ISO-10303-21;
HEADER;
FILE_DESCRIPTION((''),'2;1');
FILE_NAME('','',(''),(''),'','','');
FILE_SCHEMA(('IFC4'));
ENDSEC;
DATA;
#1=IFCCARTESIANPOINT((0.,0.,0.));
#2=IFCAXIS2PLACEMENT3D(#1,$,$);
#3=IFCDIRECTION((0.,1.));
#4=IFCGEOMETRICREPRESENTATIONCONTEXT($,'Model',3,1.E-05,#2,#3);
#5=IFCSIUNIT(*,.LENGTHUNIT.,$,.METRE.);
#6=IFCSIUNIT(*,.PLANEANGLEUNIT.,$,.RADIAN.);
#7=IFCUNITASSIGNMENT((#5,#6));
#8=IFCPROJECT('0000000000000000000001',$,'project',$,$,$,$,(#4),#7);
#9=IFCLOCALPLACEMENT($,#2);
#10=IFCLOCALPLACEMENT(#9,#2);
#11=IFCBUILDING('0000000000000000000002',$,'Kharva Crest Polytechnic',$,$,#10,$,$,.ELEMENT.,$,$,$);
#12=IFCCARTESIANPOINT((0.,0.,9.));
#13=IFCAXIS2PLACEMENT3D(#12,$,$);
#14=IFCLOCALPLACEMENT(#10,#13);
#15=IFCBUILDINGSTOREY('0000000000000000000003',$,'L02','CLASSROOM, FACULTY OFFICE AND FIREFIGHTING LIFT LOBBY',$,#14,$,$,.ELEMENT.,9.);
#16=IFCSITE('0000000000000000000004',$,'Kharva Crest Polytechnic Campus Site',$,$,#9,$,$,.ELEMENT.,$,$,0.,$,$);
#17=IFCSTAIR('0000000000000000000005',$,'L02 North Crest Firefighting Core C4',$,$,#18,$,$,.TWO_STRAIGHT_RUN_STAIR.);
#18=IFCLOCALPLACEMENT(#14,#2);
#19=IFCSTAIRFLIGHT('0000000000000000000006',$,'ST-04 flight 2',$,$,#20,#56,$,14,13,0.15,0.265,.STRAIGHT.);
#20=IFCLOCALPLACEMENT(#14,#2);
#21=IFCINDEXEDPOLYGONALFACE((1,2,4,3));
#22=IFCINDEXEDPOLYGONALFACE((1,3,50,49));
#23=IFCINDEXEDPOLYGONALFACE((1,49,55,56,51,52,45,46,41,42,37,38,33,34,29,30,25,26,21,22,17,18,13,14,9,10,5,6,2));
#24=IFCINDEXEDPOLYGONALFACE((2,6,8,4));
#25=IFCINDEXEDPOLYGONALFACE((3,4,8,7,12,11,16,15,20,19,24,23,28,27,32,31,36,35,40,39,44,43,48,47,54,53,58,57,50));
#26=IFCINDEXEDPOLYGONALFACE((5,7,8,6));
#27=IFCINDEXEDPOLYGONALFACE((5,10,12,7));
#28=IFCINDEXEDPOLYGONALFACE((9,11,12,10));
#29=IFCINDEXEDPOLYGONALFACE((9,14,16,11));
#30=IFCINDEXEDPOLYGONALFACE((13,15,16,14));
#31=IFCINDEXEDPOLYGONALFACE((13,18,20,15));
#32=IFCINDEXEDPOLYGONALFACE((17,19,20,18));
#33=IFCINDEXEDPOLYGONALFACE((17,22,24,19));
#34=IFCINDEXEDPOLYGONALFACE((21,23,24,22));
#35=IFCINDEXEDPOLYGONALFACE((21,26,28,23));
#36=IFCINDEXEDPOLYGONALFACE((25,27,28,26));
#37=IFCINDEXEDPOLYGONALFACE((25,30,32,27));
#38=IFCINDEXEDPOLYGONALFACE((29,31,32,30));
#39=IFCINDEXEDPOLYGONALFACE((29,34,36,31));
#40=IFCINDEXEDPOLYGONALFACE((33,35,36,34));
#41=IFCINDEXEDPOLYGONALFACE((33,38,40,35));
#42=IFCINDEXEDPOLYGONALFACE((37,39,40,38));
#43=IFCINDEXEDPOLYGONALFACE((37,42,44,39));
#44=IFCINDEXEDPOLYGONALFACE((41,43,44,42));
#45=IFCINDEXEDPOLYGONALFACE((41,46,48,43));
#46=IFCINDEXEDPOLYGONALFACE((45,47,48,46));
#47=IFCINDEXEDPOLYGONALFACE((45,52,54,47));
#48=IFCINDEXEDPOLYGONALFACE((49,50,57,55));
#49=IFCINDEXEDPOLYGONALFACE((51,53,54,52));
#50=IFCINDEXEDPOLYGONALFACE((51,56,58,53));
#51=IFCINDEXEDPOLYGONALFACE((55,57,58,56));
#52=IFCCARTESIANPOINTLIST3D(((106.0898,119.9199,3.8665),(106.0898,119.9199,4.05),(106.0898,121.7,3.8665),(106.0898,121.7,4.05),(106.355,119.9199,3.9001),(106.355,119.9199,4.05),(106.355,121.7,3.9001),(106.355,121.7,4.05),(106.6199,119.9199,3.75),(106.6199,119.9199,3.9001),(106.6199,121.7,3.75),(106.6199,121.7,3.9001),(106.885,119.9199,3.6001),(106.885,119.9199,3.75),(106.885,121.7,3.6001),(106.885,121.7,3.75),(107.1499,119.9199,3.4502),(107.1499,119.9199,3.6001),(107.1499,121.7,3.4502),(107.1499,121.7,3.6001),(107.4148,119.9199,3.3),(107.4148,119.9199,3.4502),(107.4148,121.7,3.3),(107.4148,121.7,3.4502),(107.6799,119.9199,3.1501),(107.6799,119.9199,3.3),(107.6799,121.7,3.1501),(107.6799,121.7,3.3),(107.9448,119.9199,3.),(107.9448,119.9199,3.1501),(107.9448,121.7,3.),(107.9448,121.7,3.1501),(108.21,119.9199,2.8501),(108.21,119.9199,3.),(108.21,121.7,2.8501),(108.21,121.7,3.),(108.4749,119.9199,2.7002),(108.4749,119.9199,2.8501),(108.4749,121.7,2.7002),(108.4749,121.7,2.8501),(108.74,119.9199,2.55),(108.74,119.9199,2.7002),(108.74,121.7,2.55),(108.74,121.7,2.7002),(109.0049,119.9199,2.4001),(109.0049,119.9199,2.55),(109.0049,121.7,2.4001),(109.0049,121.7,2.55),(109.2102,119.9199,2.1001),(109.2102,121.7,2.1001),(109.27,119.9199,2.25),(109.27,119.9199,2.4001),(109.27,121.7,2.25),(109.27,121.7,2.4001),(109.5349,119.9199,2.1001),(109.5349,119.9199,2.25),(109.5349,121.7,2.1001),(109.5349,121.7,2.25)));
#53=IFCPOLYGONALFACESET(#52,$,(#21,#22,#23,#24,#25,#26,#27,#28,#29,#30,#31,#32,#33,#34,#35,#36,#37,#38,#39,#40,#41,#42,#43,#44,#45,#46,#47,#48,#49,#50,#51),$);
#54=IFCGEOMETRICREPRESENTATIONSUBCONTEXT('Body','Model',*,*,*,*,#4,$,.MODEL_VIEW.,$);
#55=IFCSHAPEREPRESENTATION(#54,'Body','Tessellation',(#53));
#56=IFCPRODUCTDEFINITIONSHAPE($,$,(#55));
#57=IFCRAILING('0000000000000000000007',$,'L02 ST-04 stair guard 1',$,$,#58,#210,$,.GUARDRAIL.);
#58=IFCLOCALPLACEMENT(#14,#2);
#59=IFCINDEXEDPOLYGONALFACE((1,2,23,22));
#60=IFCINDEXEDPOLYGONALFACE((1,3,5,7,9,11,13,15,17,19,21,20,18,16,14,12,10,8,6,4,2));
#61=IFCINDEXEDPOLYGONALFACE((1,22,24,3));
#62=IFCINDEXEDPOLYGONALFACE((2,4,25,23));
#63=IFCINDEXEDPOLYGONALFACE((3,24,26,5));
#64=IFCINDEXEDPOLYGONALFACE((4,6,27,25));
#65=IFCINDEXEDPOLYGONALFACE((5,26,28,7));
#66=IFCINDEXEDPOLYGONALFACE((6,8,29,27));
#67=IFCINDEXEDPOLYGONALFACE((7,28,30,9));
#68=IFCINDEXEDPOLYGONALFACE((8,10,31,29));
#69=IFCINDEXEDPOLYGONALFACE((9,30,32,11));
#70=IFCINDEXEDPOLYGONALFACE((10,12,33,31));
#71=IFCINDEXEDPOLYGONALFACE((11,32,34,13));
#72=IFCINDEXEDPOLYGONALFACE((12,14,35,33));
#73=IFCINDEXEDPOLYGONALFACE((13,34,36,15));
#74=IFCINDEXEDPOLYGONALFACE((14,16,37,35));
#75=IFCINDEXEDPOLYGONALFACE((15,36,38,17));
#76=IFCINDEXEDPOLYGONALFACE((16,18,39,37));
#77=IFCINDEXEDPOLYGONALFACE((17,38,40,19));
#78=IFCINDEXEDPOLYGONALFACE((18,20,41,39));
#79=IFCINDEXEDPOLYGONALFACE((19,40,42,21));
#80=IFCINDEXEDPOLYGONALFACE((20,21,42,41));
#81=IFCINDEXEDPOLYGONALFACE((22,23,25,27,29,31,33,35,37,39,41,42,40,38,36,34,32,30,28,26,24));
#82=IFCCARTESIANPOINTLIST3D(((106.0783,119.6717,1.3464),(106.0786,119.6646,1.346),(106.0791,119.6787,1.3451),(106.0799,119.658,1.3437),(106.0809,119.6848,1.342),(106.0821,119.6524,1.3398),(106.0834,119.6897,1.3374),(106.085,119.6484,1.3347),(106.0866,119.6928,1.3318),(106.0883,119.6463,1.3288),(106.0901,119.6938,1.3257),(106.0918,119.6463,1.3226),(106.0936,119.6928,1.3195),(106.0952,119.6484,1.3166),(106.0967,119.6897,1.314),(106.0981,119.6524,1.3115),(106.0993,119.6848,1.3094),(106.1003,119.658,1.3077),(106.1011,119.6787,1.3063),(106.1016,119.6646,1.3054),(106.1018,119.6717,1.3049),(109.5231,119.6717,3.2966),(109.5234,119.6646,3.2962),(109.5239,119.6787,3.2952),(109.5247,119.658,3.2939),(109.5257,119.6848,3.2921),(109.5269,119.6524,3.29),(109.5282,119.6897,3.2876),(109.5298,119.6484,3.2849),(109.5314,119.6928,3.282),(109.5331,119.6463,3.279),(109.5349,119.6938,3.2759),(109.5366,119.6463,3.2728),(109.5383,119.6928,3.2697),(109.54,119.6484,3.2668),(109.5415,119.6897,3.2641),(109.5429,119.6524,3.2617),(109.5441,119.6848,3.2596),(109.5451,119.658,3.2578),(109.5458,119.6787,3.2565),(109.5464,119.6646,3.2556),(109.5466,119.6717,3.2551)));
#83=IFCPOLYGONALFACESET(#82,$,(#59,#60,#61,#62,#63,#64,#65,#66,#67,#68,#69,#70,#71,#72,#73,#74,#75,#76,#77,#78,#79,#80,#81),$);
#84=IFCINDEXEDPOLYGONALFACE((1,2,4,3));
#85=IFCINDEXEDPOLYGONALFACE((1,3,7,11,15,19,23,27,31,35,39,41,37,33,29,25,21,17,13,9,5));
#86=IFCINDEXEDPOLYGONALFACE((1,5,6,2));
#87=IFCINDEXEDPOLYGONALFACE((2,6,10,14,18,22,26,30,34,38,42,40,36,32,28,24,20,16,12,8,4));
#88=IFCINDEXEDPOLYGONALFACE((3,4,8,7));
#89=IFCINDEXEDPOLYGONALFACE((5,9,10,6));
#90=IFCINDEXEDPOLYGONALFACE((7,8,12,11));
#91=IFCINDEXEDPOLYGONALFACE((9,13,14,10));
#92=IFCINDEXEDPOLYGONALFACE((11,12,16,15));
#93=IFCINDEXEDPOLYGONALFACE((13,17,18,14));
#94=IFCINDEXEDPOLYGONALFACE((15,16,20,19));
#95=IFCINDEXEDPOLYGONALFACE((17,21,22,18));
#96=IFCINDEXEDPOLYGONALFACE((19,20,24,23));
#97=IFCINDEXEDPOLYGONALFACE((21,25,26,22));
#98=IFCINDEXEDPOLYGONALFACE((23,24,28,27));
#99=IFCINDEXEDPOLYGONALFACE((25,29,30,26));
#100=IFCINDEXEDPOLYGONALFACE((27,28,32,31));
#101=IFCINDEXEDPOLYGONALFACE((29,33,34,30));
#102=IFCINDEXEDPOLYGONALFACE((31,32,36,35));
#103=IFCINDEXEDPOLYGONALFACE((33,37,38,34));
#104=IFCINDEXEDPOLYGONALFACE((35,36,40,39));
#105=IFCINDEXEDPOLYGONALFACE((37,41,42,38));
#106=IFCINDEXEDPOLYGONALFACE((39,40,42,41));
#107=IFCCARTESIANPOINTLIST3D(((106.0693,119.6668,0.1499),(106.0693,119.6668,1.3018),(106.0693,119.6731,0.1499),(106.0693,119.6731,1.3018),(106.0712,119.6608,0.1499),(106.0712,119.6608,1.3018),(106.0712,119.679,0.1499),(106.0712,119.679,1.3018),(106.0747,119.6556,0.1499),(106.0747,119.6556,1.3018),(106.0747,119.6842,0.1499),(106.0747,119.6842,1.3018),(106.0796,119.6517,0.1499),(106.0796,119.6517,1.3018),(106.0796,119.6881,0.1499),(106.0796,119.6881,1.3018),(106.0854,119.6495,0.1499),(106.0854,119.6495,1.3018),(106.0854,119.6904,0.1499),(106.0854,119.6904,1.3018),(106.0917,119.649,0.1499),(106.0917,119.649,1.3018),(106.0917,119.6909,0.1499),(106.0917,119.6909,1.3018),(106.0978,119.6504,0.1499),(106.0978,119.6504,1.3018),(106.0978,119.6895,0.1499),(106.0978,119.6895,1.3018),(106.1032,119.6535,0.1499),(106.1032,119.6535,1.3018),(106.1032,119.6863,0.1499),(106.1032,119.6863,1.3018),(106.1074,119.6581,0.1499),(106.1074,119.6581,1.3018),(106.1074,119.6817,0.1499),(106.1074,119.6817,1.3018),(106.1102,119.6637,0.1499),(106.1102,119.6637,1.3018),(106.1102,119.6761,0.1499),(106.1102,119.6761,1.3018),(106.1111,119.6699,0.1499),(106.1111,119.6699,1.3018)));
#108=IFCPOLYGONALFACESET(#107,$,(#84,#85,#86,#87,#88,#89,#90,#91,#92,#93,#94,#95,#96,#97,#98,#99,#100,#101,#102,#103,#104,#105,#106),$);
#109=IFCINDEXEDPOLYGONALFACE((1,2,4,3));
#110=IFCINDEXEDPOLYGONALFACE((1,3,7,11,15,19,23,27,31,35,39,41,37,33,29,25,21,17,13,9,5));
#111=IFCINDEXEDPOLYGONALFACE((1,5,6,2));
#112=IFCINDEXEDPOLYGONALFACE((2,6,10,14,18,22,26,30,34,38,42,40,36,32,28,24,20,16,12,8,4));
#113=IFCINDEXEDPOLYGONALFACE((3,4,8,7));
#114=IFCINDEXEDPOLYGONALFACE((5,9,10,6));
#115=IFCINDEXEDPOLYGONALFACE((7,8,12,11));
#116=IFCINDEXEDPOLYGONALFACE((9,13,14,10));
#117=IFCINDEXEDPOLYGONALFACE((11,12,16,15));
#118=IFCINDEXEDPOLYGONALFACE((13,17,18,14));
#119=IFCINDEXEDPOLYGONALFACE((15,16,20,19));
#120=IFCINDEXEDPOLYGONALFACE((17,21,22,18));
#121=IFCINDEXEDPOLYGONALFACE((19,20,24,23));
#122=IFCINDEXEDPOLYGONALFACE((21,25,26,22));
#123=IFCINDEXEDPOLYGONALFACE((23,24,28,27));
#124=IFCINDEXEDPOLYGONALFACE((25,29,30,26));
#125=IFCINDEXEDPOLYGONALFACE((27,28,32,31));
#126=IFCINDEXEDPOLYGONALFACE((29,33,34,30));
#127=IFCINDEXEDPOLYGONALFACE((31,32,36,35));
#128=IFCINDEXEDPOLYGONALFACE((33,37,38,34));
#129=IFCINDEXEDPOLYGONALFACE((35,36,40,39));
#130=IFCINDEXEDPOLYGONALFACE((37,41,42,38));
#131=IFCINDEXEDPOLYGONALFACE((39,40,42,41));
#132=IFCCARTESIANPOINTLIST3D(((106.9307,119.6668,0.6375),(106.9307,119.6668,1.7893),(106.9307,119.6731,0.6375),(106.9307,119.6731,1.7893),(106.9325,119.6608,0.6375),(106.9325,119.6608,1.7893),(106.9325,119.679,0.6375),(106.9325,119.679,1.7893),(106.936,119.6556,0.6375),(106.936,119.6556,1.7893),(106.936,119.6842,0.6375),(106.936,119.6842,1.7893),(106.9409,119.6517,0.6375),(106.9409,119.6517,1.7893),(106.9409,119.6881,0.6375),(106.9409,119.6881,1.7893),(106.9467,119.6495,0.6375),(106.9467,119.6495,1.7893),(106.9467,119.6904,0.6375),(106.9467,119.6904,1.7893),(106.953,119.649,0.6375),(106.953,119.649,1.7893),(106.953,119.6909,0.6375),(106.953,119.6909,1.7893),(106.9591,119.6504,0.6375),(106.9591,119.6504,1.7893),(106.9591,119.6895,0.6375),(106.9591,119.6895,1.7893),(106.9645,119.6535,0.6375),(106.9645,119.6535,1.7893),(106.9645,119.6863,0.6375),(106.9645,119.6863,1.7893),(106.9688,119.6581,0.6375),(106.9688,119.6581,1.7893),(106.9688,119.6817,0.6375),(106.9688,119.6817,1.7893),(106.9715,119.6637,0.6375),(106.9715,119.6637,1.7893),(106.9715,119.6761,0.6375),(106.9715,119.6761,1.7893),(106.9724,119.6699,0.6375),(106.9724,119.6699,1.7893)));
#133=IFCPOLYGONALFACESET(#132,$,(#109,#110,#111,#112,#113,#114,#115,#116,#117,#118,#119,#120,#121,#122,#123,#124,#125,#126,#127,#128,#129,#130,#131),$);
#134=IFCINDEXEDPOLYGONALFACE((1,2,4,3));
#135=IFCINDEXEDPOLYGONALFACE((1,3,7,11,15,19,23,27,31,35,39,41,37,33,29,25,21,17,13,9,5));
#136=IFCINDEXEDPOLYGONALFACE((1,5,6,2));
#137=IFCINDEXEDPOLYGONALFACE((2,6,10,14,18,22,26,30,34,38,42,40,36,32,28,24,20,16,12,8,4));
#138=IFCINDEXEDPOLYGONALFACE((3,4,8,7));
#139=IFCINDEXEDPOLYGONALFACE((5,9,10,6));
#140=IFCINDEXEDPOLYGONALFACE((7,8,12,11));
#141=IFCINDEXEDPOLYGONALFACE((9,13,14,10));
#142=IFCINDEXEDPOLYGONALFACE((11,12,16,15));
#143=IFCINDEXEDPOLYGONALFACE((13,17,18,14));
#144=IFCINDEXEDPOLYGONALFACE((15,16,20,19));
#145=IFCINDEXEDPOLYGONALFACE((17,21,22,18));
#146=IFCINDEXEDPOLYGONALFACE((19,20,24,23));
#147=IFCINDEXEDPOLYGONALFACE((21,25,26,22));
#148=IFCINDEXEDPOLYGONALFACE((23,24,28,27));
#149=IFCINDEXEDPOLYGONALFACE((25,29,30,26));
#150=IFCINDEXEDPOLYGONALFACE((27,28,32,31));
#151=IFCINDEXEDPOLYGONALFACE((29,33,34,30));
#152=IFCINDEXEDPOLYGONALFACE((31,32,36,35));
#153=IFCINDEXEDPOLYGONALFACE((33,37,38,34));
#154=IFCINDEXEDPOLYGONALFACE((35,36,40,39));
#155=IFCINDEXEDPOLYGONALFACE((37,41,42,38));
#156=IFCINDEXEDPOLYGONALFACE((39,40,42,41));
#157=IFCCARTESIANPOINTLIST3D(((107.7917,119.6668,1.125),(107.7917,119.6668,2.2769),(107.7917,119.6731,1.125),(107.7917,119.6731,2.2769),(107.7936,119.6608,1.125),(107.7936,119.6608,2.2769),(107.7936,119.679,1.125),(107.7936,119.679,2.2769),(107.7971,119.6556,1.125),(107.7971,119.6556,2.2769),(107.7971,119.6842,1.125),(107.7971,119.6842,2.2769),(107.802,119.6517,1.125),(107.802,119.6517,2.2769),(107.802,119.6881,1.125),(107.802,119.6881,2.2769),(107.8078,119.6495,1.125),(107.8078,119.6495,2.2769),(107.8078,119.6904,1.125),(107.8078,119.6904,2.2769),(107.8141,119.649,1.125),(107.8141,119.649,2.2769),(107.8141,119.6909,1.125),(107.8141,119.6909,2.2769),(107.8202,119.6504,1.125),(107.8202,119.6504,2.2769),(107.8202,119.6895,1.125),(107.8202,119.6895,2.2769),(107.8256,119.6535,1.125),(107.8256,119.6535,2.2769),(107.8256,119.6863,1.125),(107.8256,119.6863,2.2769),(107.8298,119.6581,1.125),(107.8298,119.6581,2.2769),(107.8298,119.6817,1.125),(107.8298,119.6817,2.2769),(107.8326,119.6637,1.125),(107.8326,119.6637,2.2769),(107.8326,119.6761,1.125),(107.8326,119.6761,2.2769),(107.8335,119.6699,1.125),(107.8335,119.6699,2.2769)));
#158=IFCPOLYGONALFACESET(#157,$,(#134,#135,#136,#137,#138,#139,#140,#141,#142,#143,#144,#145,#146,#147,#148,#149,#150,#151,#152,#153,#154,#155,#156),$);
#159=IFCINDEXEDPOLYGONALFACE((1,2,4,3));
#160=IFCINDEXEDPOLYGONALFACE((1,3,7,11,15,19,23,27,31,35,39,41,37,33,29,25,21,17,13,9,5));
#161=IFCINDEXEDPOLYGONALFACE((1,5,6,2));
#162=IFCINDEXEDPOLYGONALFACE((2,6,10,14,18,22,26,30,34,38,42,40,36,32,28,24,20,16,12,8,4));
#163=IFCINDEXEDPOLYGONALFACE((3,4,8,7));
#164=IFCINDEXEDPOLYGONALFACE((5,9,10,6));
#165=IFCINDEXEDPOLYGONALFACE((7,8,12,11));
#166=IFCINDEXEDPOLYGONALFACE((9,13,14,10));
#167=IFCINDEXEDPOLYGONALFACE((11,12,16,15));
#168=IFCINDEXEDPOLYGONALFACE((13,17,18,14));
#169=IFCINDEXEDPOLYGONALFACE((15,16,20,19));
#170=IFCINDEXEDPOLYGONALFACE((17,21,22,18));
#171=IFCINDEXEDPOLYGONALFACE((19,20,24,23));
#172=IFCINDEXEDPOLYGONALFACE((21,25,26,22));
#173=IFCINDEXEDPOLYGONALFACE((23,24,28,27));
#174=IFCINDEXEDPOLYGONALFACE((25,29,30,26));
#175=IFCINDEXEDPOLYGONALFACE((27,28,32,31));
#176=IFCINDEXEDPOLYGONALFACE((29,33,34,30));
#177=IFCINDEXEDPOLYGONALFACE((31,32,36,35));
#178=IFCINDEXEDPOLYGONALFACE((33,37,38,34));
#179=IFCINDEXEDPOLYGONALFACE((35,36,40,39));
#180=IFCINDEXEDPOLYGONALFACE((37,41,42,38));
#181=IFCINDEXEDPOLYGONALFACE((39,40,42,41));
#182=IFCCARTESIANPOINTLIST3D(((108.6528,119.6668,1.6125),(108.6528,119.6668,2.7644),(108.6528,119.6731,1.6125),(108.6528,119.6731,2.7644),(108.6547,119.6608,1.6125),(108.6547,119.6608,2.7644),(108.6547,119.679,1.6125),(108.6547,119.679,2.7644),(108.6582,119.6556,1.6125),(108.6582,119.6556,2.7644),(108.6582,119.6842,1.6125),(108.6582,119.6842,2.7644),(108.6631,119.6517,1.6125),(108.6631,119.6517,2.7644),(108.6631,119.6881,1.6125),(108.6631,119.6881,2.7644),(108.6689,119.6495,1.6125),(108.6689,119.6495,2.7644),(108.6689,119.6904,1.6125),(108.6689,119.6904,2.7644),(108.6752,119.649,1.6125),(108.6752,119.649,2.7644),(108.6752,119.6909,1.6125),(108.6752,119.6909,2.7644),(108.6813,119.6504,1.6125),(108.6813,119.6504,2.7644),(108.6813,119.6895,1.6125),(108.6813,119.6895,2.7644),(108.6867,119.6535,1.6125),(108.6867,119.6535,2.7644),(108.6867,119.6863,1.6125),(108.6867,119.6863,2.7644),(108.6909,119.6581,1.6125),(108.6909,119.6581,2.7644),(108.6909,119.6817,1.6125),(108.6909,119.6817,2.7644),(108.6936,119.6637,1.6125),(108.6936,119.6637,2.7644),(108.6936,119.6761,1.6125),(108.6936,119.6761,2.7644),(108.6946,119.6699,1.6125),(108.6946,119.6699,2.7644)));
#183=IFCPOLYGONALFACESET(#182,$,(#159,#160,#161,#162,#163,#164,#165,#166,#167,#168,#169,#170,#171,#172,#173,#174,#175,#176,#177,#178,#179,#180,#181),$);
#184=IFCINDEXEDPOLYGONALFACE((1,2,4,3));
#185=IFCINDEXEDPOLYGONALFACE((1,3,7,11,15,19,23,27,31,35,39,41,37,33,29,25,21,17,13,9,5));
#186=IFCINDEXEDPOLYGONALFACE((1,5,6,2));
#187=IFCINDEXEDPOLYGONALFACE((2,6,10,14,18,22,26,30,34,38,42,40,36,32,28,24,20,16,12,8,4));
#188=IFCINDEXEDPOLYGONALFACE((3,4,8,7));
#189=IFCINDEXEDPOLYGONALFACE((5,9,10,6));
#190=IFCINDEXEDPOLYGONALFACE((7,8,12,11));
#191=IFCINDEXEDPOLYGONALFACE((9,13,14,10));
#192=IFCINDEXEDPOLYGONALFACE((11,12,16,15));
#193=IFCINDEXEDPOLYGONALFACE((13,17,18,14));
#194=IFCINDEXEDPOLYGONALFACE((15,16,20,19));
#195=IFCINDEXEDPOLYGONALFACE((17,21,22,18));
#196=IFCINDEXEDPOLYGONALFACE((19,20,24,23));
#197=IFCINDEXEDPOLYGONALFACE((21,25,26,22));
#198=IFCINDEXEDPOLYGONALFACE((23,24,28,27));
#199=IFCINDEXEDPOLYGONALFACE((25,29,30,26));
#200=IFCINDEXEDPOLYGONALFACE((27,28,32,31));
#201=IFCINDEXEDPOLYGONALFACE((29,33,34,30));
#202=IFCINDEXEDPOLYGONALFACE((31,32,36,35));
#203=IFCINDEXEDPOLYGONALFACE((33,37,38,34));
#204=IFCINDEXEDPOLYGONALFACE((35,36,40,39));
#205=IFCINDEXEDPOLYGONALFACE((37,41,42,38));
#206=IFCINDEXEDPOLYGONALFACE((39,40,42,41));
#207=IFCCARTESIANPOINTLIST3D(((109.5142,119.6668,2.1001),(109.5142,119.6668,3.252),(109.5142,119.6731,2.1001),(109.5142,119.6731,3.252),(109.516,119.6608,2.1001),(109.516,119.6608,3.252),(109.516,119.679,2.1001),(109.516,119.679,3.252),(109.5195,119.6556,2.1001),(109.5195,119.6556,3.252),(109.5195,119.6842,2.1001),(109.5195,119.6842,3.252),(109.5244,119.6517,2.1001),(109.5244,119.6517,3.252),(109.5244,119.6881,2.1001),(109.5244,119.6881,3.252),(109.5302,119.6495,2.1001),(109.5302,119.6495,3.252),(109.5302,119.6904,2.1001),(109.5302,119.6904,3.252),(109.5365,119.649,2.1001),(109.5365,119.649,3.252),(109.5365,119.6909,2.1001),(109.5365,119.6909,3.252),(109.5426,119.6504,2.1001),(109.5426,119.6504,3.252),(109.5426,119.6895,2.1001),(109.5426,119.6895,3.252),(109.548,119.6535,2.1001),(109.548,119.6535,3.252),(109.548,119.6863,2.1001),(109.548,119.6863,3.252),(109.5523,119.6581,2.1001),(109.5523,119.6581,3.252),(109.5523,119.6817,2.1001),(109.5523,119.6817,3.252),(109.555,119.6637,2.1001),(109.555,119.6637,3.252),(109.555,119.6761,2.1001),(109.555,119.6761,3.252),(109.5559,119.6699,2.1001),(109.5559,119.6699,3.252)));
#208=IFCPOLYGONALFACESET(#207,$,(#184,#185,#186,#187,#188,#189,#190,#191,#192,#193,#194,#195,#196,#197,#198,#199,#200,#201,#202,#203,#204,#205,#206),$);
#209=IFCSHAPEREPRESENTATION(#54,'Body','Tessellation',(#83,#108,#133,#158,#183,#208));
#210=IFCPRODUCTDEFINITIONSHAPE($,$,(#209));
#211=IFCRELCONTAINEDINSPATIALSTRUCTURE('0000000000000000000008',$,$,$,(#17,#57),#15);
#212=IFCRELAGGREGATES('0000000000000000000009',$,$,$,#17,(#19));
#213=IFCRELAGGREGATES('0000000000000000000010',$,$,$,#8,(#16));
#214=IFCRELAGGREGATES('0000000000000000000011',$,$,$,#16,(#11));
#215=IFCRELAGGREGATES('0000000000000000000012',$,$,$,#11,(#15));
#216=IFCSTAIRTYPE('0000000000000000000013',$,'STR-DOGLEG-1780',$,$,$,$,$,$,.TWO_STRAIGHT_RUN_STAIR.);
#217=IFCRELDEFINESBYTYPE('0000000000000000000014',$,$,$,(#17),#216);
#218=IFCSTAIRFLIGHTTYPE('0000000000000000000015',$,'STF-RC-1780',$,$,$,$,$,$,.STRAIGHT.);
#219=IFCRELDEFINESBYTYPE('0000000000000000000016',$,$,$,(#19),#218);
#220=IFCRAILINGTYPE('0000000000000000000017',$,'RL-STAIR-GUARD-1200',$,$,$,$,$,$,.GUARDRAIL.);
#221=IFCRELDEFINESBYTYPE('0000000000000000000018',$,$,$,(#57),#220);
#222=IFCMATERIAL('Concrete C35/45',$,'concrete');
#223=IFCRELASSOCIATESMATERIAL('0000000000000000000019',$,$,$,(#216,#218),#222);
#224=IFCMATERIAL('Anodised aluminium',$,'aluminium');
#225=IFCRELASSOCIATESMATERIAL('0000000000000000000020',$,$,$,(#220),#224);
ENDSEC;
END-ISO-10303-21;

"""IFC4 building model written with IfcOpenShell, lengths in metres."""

from ifc_helpers import new_model, si_unit, direction, frame, origin, origin_2d, place, context, subcontext, project, spatial, polyline, circle, outline, extrude, material, type_object, element, aggregate, save


model = new_model("IFC4")

# Units and contexts
model_context = context("Model", 3, precision=1e-05, world=origin(), true_north=direction((0.0, 1.0)))
body_context = subcontext(model_context, "Body", "Model", "MODEL_VIEW")
ifc_project = project(units=[si_unit("LENGTHUNIT", "METRE"), si_unit("PLANEANGLEUNIT", "RADIAN")], contexts=[model_context])

# Site, building, storey
site_placement = place(None, origin())
site = spatial("IfcSite", under=ifc_project, at=site_placement, Name="Kharva Crest Polytechnic Campus Site", CompositionType="ELEMENT", RefElevation=0.0)
building_placement = place(site_placement, origin())
building = spatial("IfcBuilding", under=site, at=building_placement, Name="Kharva Crest Polytechnic", CompositionType="ELEMENT")
storey_placement = place(building_placement, frame((0.0, 0.0, 9.0)))
storey = spatial("IfcBuildingStorey", under=building, at=storey_placement, Name="L02", Description="CLASSROOM, FACULTY OFFICE AND FIREFIGHTING LIFT LOBBY", CompositionType="ELEMENT", Elevation=9.0)

# Shared definitions
ifc_material_1 = material(Name="Concrete C35/45", Category="concrete")

# Stair, stair flight
stair_type = type_object("IfcStairType", Name="STR-DOGLEG-1780", PredefinedType="TWO_STRAIGHT_RUN_STAIR", material=ifc_material_1)
stair_placement = place(storey_placement, origin())
stair = element("IfcStair", 1, at=stair_placement, inside=storey, type_object=stair_type, Name="L02 North Crest Firefighting Core C4", PredefinedType="TWO_STRAIGHT_RUN_STAIR")
stair_flight_type = type_object("IfcStairFlightType", Name="STF-RC-1780", PredefinedType="STRAIGHT", material=ifc_material_1)
stair_flight_1_placement = place(storey_placement, frame((109.5349, 120.8101, 2.1001), z_axis=(0.0, 0.0, 1.0), x_axis=(-1.0, 0.0, 0.0)))
stair_flight_1 = element("IfcStairFlight", 2, at=stair_flight_1_placement, type_object=stair_flight_type, Name="ST-04 flight 2", NumberOfRisers=14, NumberOfTreads=13, PredefinedType="STRAIGHT", RiserHeight=0.15, TreadLength=0.265, context=body_context, shape_type="SweptSolid", body=[
    extrude(outline(polyline([(0.0, 0.0), (0.0, 0.1499), (0.2649, 0.1499), (0.2649, 0.3), (0.53, 0.3), (0.53, 0.45), (0.7949, 0.45), (0.7949, 0.6001), (1.0601, 0.6001), (1.0601, 0.75), (1.325, 0.75), (1.325, 0.8999), (1.5901, 0.8999), (1.5901, 1.05), (1.855, 1.05), (1.855, 1.2), (2.1201, 1.2), (2.1201, 1.3501), (2.385, 1.3501), (2.385, 1.5), (2.6499, 1.5), (2.6499, 1.6499), (2.915, 1.6499), (2.915, 1.8), (3.1799, 1.8), (3.1799, 1.95), (3.4451, 1.95), (3.4451, 2.1001), (3.4451, 1.7664), (0.3247, 0.0), (0.0, 0.0)])), frame((0.0, 0.8901, 0.0), z_axis=(0.0, -1.0, 0.0), x_axis=(1.0, 0.0, 0.0)), (0.0, 0.0, 1.0), 1.78),
])
aggregate(stair, [stair_flight_1])

# Railing
ifc_material_2 = material(Name="Anodised aluminium", Category="aluminium")
railing_type_1 = type_object("IfcRailingType", Name="RL-STAIR-GUARD-1200", PredefinedType="GUARDRAIL", material=ifc_material_2)
railing_1_placement = place(storey_placement, frame((106.0901, 119.6699, 0.1499)))
element("IfcRailing", 3, at=railing_1_placement, inside=storey, type_object=railing_type_1, Name="L02 ST-04 stair guard 1", PredefinedType="GUARDRAIL", context=body_context, shape_type="SweptSolid", body=[
    extrude(circle(Radius=0.0239, at=origin_2d()), frame((0.0, 0.0, 1.1758), z_axis=(0.870225, 0.0, 0.492655), x_axis=(0.0, 1.0, 0.0)), (0.0, 0.0, 1.0), 3.9585),
    extrude(circle(Radius=0.021, at=origin_2d()), origin(), (0.0, 0.0, 1.0), 1.1519),
    extrude(circle(Radius=0.021, at=origin_2d()), frame((0.8613, 0.0, 0.4875)), (0.0, 0.0, 1.0), 1.1519),
    extrude(circle(Radius=0.021, at=origin_2d()), frame((1.7224, 0.0, 0.9751)), (0.0, 0.0, 1.0), 1.1519),
    extrude(circle(Radius=0.021, at=origin_2d()), frame((2.5835, 0.0, 1.4626)), (0.0, 0.0, 1.0), 1.1519),
    extrude(circle(Radius=0.021, at=origin_2d()), frame((3.4448, 0.0, 1.9502)), (0.0, 0.0, 1.0), 1.1519),
])

save(model, "model.ifc")
